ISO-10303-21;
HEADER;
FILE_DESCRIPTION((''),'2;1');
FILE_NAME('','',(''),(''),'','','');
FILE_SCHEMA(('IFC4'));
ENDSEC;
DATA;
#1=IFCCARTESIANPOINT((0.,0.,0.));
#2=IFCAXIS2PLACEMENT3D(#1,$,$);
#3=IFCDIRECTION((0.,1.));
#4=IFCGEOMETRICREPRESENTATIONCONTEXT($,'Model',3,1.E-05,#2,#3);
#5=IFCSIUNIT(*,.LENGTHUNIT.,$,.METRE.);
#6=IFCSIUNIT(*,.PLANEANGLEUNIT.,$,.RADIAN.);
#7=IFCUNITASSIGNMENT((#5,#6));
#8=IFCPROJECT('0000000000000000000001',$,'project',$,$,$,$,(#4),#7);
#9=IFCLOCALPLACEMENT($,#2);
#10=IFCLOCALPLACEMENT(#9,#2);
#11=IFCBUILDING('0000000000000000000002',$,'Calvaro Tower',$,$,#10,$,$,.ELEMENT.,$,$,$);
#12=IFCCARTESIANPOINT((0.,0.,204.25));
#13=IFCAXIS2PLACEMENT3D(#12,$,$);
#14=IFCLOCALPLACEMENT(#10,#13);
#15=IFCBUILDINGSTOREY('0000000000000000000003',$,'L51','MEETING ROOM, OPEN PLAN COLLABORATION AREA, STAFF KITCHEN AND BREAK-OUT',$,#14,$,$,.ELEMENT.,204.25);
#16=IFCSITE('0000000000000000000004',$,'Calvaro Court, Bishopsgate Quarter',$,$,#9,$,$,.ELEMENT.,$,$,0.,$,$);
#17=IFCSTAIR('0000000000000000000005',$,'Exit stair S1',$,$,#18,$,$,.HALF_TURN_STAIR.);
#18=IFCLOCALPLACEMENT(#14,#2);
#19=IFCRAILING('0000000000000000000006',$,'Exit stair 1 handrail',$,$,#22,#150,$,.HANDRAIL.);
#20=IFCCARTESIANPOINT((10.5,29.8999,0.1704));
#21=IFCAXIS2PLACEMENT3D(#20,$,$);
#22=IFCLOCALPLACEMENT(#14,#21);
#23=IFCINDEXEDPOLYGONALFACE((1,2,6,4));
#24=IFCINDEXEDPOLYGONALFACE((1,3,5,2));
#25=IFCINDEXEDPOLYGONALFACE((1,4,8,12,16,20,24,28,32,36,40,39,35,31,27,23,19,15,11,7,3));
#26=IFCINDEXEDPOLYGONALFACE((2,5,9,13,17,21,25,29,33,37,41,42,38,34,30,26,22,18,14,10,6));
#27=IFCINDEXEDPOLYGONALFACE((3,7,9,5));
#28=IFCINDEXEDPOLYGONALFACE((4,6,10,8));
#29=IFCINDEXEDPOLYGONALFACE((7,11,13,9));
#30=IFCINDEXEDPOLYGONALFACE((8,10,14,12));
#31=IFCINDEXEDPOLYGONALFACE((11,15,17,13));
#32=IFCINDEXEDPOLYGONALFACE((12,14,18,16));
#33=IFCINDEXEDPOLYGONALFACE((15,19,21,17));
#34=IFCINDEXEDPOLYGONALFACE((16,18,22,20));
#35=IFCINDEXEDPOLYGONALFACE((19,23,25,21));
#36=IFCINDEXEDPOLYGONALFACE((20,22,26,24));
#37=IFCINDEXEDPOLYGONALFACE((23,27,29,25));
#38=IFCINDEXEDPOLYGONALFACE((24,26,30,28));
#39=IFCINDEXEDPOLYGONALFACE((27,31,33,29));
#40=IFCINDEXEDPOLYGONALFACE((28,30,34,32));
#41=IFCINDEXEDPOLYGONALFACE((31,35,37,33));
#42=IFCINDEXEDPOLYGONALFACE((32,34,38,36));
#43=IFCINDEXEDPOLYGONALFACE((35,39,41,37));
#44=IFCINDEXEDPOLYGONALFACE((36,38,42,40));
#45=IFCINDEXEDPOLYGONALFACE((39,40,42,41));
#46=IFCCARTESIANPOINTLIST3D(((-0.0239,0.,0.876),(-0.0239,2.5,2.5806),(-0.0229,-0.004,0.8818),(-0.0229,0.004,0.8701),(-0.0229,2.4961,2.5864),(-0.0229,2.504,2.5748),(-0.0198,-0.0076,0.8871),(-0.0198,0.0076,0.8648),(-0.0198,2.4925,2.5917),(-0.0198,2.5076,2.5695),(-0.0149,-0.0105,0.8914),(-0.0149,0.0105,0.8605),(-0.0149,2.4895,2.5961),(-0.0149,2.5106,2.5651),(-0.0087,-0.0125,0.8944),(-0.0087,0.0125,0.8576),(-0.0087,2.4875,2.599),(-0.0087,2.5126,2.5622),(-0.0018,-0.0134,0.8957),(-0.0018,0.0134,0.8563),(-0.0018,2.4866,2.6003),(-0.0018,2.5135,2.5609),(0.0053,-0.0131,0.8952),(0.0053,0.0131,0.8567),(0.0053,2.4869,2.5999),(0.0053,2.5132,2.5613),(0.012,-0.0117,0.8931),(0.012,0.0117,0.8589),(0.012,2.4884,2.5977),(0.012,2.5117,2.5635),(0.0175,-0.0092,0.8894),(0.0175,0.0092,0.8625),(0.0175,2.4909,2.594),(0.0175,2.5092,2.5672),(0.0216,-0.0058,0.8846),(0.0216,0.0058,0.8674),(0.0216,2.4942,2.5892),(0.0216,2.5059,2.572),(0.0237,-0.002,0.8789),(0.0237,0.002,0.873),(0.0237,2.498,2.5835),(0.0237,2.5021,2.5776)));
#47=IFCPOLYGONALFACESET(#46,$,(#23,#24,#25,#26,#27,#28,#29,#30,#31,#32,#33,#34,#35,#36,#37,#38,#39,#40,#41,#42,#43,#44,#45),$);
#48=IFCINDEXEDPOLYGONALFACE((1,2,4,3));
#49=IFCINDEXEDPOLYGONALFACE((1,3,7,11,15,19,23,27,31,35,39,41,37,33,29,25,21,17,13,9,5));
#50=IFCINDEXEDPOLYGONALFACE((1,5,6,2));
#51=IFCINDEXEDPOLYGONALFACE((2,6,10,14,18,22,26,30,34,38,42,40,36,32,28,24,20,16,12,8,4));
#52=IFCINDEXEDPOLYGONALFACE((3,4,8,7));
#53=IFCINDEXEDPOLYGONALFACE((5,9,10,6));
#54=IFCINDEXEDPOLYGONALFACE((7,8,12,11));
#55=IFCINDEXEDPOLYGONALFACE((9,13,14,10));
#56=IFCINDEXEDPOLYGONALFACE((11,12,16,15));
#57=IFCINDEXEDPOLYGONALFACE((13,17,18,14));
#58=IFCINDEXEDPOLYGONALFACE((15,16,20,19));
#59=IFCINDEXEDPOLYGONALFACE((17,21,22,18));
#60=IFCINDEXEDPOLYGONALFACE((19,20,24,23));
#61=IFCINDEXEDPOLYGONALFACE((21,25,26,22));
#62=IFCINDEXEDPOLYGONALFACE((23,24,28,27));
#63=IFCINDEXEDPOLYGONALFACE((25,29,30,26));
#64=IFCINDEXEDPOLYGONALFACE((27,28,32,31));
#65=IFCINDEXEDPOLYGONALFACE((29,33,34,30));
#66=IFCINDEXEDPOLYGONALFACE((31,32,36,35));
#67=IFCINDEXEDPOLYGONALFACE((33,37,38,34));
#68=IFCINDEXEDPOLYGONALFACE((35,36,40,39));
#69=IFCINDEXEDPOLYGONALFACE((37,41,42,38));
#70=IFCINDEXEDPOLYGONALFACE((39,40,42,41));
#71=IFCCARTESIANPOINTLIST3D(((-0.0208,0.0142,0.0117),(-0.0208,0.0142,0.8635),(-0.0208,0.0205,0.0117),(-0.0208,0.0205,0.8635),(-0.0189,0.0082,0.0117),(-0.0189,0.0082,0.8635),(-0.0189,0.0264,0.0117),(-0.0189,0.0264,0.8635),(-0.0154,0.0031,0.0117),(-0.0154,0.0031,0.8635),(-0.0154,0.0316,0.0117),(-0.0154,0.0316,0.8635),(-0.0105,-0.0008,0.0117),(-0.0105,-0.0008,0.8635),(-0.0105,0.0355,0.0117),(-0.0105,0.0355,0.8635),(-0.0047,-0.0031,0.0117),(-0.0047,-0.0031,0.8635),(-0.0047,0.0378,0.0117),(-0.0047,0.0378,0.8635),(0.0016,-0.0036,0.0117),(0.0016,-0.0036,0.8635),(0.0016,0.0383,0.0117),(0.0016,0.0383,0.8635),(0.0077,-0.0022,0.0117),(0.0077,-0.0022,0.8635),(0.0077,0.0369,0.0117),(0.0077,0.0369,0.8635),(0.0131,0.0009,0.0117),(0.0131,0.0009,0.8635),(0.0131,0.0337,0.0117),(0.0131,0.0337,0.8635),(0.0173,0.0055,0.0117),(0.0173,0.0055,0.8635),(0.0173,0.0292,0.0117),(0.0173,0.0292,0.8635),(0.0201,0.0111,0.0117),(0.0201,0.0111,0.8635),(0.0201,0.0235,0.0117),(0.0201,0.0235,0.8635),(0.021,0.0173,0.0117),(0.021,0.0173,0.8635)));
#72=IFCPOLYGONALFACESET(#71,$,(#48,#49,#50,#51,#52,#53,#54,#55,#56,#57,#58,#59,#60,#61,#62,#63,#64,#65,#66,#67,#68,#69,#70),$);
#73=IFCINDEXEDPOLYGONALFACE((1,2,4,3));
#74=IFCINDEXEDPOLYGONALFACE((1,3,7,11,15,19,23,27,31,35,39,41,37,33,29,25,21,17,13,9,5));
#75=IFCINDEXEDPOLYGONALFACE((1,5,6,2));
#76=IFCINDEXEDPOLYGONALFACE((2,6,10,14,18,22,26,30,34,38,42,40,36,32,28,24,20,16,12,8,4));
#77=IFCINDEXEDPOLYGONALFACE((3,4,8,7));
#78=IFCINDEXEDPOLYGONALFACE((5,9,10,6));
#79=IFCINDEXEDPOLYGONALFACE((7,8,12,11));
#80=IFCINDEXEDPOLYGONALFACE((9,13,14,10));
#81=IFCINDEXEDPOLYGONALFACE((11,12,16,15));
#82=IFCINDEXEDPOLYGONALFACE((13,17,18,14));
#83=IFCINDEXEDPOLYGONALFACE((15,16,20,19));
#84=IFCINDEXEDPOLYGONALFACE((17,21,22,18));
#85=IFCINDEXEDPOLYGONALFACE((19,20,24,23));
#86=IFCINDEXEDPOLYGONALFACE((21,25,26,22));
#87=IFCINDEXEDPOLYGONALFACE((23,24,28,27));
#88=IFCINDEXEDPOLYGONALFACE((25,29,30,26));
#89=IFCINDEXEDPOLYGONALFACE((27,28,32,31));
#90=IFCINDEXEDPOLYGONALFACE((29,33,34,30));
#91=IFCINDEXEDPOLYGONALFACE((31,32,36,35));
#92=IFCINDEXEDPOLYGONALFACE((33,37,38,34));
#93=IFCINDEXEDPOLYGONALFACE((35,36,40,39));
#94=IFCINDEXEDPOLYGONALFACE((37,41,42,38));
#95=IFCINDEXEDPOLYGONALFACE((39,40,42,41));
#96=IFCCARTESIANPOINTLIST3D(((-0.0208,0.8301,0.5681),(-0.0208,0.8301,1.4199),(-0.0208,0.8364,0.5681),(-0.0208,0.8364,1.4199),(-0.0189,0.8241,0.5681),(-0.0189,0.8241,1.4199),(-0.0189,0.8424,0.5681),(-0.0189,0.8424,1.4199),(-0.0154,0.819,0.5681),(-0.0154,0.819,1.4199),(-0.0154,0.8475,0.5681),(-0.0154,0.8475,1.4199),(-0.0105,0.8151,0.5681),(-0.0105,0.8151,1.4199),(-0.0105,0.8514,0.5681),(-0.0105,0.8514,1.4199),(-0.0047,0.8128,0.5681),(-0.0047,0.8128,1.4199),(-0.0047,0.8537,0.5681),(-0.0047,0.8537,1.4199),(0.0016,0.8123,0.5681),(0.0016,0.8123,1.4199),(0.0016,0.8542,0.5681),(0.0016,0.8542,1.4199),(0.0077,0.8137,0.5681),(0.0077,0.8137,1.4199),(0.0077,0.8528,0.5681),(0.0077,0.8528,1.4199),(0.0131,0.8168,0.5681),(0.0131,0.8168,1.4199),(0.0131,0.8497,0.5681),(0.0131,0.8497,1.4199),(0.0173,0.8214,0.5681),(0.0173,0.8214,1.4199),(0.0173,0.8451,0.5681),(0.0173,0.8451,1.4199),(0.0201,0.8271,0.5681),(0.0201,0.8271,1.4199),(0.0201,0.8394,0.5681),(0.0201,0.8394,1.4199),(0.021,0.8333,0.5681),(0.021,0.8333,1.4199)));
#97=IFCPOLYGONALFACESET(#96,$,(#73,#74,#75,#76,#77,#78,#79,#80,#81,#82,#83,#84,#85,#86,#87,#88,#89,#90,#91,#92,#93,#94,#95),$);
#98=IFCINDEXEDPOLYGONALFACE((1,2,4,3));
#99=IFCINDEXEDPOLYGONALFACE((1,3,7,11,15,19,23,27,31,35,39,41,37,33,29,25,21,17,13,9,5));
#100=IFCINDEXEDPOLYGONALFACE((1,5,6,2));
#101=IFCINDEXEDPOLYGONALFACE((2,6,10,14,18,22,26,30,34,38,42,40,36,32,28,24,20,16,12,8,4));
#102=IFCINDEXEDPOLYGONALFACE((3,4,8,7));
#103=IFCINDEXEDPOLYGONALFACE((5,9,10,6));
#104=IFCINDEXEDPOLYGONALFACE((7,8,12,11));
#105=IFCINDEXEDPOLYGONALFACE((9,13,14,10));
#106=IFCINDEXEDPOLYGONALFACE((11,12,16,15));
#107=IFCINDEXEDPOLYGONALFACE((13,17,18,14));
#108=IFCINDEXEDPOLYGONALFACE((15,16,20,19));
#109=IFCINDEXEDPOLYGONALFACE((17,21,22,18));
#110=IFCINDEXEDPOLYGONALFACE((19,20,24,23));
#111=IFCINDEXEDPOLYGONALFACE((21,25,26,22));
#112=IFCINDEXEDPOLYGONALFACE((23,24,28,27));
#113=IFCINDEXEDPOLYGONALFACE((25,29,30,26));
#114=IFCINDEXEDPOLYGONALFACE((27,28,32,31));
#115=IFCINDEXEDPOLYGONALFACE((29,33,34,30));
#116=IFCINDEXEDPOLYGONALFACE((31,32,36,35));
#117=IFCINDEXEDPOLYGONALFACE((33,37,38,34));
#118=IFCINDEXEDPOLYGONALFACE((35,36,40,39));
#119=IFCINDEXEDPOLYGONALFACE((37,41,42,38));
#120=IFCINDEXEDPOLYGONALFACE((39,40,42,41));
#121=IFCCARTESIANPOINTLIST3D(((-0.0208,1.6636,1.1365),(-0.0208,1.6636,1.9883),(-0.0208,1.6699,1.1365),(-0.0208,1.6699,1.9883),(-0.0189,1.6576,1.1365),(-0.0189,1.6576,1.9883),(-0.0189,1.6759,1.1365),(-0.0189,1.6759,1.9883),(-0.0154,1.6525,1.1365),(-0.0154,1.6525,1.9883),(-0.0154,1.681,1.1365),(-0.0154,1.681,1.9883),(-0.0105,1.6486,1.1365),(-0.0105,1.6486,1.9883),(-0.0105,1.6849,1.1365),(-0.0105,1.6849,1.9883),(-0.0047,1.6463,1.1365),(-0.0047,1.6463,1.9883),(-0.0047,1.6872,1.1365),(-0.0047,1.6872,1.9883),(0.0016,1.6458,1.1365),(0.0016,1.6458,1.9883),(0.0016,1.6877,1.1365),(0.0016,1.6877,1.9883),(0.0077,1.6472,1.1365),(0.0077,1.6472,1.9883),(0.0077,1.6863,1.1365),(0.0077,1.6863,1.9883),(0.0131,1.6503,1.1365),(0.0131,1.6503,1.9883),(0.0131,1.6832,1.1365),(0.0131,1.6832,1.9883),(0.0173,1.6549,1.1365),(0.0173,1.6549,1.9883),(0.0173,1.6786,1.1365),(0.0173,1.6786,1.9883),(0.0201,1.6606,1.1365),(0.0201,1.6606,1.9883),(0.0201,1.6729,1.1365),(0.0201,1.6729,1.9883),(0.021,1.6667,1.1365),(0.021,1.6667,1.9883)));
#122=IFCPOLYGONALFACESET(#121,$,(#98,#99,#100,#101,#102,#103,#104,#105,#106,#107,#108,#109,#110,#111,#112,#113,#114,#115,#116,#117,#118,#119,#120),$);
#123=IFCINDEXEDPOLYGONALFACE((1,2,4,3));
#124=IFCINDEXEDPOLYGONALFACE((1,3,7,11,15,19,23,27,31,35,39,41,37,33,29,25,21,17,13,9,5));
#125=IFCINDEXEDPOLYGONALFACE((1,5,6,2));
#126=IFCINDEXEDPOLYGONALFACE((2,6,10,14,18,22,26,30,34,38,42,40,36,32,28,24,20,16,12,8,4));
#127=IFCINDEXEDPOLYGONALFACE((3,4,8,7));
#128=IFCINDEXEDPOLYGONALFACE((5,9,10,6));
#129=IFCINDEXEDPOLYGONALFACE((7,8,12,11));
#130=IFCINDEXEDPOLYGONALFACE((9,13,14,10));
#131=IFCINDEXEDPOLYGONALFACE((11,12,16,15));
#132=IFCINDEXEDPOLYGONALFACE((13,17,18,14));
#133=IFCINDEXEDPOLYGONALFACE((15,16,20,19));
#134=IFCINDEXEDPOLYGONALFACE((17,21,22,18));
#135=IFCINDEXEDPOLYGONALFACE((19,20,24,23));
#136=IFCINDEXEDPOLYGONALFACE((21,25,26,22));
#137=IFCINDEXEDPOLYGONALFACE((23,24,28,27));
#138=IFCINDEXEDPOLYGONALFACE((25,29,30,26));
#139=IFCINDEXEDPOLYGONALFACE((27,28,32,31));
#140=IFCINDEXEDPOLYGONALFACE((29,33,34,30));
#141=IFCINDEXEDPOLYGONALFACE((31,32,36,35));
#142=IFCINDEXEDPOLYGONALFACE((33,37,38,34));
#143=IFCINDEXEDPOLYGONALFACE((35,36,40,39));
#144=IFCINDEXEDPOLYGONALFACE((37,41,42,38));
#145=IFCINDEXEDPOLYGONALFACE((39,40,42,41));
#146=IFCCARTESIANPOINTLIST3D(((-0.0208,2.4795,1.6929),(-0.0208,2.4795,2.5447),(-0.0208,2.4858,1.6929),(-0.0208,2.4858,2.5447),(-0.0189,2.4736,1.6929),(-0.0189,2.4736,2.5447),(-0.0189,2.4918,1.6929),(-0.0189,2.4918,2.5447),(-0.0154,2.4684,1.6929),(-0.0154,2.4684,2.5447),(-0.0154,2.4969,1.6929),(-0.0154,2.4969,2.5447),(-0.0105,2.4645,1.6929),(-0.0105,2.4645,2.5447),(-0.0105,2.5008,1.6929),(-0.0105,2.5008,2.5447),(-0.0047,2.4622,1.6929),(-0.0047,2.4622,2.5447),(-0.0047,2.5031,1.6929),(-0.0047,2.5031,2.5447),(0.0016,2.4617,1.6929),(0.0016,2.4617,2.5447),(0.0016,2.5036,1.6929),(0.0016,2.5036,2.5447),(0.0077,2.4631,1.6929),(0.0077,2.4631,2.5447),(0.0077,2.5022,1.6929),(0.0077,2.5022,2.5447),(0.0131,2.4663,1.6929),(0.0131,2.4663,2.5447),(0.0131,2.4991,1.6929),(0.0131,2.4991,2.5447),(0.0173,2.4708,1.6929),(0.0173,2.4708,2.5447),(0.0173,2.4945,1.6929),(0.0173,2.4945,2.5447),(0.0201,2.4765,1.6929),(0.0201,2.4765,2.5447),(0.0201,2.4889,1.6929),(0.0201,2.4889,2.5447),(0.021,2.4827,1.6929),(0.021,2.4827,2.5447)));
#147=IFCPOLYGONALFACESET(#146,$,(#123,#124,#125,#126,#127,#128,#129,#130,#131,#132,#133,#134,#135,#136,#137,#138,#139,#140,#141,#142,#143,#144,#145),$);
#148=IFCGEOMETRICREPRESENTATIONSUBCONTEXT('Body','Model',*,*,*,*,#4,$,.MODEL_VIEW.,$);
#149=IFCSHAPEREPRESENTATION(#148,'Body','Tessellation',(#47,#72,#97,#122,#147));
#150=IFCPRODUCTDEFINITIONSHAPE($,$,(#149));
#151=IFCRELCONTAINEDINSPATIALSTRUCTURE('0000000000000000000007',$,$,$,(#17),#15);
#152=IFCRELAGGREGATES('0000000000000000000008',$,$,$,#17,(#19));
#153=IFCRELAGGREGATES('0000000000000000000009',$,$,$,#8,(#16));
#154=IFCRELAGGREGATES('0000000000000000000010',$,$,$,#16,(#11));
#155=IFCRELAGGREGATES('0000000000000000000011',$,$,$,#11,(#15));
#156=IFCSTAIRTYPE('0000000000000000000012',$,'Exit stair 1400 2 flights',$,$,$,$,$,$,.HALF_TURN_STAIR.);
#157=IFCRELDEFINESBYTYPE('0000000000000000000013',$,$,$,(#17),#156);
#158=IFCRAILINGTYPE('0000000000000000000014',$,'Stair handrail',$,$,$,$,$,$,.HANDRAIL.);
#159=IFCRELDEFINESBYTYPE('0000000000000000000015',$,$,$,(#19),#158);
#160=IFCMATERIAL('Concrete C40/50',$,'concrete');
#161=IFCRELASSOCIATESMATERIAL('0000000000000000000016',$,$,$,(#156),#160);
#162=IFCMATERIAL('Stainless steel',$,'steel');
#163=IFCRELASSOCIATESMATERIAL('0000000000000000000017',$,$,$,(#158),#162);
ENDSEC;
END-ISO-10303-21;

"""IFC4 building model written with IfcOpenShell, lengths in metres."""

from ifc_helpers import new_model, si_unit, direction, frame, origin, origin_2d, place, context, subcontext, project, spatial, circle, extrude, material, type_object, element, aggregate, save


model = new_model("IFC4")

# Units and contexts
model_context = context("Model", 3, precision=1e-05, world=origin(), true_north=direction((0.0, 1.0)))
body_context = subcontext(model_context, "Body", "Model", "MODEL_VIEW")
ifc_project = project(units=[si_unit("LENGTHUNIT", "METRE"), si_unit("PLANEANGLEUNIT", "RADIAN")], contexts=[model_context])

# Site, building, storey
site_placement = place(None, origin())
site = spatial("IfcSite", under=ifc_project, at=site_placement, Name="Calvaro Court, Bishopsgate Quarter", CompositionType="ELEMENT", RefElevation=0.0)
building_placement = place(site_placement, origin())
building = spatial("IfcBuilding", under=site, at=building_placement, Name="Calvaro Tower", CompositionType="ELEMENT")
storey_placement = place(building_placement, frame((0.0, 0.0, 204.25)))
storey = spatial("IfcBuildingStorey", under=building, at=storey_placement, Name="L51", Description="MEETING ROOM, OPEN PLAN COLLABORATION AREA, STAFF KITCHEN AND BREAK-OUT", CompositionType="ELEMENT", Elevation=204.25)

# Stair, railing
ifc_material_1 = material(Name="Concrete C40/50", Category="concrete")
stair_type = type_object("IfcStairType", Name="Exit stair 1400 2 flights", PredefinedType="HALF_TURN_STAIR", material=ifc_material_1)
stair_placement = place(storey_placement, origin())
stair = element("IfcStair", 1, at=stair_placement, inside=storey, type_object=stair_type, Name="Exit stair S1", PredefinedType="HALF_TURN_STAIR")
ifc_material_2 = material(Name="Stainless steel", Category="steel")
railing_type = type_object("IfcRailingType", Name="Stair handrail", PredefinedType="HANDRAIL", material=ifc_material_2)
railing_1_placement = place(storey_placement, frame((10.5, 29.8999, 0.1704)))
railing_1 = element("IfcRailing", 2, at=railing_1_placement, type_object=railing_type, Name="Exit stair 1 handrail", PredefinedType="HANDRAIL", context=body_context, shape_type="SweptSolid", body=[
    extrude(circle(Radius=0.0239, at=origin_2d()), frame((0.0, 0.0, 0.876), z_axis=(0.0, 0.826221, 0.563347), x_axis=(-1.0, 0.0, 0.0)), (0.0, 0.0, 1.0), 3.0259),
    extrude(circle(Radius=0.021, at=origin_2d()), frame((0.0, 0.0173, 0.0117)), (0.0, 0.0, 1.0), 0.8518),
    extrude(circle(Radius=0.021, at=origin_2d()), frame((0.0, 0.8333, 0.5681)), (0.0, 0.0, 1.0), 0.8518),
    extrude(circle(Radius=0.021, at=origin_2d()), frame((0.0, 1.6667, 1.1365)), (0.0, 0.0, 1.0), 0.8518),
    extrude(circle(Radius=0.021, at=origin_2d()), frame((0.0, 2.4827, 1.6929)), (0.0, 0.0, 1.0), 0.8518),
])
aggregate(stair, [railing_1])

save(model, "model.ifc")
